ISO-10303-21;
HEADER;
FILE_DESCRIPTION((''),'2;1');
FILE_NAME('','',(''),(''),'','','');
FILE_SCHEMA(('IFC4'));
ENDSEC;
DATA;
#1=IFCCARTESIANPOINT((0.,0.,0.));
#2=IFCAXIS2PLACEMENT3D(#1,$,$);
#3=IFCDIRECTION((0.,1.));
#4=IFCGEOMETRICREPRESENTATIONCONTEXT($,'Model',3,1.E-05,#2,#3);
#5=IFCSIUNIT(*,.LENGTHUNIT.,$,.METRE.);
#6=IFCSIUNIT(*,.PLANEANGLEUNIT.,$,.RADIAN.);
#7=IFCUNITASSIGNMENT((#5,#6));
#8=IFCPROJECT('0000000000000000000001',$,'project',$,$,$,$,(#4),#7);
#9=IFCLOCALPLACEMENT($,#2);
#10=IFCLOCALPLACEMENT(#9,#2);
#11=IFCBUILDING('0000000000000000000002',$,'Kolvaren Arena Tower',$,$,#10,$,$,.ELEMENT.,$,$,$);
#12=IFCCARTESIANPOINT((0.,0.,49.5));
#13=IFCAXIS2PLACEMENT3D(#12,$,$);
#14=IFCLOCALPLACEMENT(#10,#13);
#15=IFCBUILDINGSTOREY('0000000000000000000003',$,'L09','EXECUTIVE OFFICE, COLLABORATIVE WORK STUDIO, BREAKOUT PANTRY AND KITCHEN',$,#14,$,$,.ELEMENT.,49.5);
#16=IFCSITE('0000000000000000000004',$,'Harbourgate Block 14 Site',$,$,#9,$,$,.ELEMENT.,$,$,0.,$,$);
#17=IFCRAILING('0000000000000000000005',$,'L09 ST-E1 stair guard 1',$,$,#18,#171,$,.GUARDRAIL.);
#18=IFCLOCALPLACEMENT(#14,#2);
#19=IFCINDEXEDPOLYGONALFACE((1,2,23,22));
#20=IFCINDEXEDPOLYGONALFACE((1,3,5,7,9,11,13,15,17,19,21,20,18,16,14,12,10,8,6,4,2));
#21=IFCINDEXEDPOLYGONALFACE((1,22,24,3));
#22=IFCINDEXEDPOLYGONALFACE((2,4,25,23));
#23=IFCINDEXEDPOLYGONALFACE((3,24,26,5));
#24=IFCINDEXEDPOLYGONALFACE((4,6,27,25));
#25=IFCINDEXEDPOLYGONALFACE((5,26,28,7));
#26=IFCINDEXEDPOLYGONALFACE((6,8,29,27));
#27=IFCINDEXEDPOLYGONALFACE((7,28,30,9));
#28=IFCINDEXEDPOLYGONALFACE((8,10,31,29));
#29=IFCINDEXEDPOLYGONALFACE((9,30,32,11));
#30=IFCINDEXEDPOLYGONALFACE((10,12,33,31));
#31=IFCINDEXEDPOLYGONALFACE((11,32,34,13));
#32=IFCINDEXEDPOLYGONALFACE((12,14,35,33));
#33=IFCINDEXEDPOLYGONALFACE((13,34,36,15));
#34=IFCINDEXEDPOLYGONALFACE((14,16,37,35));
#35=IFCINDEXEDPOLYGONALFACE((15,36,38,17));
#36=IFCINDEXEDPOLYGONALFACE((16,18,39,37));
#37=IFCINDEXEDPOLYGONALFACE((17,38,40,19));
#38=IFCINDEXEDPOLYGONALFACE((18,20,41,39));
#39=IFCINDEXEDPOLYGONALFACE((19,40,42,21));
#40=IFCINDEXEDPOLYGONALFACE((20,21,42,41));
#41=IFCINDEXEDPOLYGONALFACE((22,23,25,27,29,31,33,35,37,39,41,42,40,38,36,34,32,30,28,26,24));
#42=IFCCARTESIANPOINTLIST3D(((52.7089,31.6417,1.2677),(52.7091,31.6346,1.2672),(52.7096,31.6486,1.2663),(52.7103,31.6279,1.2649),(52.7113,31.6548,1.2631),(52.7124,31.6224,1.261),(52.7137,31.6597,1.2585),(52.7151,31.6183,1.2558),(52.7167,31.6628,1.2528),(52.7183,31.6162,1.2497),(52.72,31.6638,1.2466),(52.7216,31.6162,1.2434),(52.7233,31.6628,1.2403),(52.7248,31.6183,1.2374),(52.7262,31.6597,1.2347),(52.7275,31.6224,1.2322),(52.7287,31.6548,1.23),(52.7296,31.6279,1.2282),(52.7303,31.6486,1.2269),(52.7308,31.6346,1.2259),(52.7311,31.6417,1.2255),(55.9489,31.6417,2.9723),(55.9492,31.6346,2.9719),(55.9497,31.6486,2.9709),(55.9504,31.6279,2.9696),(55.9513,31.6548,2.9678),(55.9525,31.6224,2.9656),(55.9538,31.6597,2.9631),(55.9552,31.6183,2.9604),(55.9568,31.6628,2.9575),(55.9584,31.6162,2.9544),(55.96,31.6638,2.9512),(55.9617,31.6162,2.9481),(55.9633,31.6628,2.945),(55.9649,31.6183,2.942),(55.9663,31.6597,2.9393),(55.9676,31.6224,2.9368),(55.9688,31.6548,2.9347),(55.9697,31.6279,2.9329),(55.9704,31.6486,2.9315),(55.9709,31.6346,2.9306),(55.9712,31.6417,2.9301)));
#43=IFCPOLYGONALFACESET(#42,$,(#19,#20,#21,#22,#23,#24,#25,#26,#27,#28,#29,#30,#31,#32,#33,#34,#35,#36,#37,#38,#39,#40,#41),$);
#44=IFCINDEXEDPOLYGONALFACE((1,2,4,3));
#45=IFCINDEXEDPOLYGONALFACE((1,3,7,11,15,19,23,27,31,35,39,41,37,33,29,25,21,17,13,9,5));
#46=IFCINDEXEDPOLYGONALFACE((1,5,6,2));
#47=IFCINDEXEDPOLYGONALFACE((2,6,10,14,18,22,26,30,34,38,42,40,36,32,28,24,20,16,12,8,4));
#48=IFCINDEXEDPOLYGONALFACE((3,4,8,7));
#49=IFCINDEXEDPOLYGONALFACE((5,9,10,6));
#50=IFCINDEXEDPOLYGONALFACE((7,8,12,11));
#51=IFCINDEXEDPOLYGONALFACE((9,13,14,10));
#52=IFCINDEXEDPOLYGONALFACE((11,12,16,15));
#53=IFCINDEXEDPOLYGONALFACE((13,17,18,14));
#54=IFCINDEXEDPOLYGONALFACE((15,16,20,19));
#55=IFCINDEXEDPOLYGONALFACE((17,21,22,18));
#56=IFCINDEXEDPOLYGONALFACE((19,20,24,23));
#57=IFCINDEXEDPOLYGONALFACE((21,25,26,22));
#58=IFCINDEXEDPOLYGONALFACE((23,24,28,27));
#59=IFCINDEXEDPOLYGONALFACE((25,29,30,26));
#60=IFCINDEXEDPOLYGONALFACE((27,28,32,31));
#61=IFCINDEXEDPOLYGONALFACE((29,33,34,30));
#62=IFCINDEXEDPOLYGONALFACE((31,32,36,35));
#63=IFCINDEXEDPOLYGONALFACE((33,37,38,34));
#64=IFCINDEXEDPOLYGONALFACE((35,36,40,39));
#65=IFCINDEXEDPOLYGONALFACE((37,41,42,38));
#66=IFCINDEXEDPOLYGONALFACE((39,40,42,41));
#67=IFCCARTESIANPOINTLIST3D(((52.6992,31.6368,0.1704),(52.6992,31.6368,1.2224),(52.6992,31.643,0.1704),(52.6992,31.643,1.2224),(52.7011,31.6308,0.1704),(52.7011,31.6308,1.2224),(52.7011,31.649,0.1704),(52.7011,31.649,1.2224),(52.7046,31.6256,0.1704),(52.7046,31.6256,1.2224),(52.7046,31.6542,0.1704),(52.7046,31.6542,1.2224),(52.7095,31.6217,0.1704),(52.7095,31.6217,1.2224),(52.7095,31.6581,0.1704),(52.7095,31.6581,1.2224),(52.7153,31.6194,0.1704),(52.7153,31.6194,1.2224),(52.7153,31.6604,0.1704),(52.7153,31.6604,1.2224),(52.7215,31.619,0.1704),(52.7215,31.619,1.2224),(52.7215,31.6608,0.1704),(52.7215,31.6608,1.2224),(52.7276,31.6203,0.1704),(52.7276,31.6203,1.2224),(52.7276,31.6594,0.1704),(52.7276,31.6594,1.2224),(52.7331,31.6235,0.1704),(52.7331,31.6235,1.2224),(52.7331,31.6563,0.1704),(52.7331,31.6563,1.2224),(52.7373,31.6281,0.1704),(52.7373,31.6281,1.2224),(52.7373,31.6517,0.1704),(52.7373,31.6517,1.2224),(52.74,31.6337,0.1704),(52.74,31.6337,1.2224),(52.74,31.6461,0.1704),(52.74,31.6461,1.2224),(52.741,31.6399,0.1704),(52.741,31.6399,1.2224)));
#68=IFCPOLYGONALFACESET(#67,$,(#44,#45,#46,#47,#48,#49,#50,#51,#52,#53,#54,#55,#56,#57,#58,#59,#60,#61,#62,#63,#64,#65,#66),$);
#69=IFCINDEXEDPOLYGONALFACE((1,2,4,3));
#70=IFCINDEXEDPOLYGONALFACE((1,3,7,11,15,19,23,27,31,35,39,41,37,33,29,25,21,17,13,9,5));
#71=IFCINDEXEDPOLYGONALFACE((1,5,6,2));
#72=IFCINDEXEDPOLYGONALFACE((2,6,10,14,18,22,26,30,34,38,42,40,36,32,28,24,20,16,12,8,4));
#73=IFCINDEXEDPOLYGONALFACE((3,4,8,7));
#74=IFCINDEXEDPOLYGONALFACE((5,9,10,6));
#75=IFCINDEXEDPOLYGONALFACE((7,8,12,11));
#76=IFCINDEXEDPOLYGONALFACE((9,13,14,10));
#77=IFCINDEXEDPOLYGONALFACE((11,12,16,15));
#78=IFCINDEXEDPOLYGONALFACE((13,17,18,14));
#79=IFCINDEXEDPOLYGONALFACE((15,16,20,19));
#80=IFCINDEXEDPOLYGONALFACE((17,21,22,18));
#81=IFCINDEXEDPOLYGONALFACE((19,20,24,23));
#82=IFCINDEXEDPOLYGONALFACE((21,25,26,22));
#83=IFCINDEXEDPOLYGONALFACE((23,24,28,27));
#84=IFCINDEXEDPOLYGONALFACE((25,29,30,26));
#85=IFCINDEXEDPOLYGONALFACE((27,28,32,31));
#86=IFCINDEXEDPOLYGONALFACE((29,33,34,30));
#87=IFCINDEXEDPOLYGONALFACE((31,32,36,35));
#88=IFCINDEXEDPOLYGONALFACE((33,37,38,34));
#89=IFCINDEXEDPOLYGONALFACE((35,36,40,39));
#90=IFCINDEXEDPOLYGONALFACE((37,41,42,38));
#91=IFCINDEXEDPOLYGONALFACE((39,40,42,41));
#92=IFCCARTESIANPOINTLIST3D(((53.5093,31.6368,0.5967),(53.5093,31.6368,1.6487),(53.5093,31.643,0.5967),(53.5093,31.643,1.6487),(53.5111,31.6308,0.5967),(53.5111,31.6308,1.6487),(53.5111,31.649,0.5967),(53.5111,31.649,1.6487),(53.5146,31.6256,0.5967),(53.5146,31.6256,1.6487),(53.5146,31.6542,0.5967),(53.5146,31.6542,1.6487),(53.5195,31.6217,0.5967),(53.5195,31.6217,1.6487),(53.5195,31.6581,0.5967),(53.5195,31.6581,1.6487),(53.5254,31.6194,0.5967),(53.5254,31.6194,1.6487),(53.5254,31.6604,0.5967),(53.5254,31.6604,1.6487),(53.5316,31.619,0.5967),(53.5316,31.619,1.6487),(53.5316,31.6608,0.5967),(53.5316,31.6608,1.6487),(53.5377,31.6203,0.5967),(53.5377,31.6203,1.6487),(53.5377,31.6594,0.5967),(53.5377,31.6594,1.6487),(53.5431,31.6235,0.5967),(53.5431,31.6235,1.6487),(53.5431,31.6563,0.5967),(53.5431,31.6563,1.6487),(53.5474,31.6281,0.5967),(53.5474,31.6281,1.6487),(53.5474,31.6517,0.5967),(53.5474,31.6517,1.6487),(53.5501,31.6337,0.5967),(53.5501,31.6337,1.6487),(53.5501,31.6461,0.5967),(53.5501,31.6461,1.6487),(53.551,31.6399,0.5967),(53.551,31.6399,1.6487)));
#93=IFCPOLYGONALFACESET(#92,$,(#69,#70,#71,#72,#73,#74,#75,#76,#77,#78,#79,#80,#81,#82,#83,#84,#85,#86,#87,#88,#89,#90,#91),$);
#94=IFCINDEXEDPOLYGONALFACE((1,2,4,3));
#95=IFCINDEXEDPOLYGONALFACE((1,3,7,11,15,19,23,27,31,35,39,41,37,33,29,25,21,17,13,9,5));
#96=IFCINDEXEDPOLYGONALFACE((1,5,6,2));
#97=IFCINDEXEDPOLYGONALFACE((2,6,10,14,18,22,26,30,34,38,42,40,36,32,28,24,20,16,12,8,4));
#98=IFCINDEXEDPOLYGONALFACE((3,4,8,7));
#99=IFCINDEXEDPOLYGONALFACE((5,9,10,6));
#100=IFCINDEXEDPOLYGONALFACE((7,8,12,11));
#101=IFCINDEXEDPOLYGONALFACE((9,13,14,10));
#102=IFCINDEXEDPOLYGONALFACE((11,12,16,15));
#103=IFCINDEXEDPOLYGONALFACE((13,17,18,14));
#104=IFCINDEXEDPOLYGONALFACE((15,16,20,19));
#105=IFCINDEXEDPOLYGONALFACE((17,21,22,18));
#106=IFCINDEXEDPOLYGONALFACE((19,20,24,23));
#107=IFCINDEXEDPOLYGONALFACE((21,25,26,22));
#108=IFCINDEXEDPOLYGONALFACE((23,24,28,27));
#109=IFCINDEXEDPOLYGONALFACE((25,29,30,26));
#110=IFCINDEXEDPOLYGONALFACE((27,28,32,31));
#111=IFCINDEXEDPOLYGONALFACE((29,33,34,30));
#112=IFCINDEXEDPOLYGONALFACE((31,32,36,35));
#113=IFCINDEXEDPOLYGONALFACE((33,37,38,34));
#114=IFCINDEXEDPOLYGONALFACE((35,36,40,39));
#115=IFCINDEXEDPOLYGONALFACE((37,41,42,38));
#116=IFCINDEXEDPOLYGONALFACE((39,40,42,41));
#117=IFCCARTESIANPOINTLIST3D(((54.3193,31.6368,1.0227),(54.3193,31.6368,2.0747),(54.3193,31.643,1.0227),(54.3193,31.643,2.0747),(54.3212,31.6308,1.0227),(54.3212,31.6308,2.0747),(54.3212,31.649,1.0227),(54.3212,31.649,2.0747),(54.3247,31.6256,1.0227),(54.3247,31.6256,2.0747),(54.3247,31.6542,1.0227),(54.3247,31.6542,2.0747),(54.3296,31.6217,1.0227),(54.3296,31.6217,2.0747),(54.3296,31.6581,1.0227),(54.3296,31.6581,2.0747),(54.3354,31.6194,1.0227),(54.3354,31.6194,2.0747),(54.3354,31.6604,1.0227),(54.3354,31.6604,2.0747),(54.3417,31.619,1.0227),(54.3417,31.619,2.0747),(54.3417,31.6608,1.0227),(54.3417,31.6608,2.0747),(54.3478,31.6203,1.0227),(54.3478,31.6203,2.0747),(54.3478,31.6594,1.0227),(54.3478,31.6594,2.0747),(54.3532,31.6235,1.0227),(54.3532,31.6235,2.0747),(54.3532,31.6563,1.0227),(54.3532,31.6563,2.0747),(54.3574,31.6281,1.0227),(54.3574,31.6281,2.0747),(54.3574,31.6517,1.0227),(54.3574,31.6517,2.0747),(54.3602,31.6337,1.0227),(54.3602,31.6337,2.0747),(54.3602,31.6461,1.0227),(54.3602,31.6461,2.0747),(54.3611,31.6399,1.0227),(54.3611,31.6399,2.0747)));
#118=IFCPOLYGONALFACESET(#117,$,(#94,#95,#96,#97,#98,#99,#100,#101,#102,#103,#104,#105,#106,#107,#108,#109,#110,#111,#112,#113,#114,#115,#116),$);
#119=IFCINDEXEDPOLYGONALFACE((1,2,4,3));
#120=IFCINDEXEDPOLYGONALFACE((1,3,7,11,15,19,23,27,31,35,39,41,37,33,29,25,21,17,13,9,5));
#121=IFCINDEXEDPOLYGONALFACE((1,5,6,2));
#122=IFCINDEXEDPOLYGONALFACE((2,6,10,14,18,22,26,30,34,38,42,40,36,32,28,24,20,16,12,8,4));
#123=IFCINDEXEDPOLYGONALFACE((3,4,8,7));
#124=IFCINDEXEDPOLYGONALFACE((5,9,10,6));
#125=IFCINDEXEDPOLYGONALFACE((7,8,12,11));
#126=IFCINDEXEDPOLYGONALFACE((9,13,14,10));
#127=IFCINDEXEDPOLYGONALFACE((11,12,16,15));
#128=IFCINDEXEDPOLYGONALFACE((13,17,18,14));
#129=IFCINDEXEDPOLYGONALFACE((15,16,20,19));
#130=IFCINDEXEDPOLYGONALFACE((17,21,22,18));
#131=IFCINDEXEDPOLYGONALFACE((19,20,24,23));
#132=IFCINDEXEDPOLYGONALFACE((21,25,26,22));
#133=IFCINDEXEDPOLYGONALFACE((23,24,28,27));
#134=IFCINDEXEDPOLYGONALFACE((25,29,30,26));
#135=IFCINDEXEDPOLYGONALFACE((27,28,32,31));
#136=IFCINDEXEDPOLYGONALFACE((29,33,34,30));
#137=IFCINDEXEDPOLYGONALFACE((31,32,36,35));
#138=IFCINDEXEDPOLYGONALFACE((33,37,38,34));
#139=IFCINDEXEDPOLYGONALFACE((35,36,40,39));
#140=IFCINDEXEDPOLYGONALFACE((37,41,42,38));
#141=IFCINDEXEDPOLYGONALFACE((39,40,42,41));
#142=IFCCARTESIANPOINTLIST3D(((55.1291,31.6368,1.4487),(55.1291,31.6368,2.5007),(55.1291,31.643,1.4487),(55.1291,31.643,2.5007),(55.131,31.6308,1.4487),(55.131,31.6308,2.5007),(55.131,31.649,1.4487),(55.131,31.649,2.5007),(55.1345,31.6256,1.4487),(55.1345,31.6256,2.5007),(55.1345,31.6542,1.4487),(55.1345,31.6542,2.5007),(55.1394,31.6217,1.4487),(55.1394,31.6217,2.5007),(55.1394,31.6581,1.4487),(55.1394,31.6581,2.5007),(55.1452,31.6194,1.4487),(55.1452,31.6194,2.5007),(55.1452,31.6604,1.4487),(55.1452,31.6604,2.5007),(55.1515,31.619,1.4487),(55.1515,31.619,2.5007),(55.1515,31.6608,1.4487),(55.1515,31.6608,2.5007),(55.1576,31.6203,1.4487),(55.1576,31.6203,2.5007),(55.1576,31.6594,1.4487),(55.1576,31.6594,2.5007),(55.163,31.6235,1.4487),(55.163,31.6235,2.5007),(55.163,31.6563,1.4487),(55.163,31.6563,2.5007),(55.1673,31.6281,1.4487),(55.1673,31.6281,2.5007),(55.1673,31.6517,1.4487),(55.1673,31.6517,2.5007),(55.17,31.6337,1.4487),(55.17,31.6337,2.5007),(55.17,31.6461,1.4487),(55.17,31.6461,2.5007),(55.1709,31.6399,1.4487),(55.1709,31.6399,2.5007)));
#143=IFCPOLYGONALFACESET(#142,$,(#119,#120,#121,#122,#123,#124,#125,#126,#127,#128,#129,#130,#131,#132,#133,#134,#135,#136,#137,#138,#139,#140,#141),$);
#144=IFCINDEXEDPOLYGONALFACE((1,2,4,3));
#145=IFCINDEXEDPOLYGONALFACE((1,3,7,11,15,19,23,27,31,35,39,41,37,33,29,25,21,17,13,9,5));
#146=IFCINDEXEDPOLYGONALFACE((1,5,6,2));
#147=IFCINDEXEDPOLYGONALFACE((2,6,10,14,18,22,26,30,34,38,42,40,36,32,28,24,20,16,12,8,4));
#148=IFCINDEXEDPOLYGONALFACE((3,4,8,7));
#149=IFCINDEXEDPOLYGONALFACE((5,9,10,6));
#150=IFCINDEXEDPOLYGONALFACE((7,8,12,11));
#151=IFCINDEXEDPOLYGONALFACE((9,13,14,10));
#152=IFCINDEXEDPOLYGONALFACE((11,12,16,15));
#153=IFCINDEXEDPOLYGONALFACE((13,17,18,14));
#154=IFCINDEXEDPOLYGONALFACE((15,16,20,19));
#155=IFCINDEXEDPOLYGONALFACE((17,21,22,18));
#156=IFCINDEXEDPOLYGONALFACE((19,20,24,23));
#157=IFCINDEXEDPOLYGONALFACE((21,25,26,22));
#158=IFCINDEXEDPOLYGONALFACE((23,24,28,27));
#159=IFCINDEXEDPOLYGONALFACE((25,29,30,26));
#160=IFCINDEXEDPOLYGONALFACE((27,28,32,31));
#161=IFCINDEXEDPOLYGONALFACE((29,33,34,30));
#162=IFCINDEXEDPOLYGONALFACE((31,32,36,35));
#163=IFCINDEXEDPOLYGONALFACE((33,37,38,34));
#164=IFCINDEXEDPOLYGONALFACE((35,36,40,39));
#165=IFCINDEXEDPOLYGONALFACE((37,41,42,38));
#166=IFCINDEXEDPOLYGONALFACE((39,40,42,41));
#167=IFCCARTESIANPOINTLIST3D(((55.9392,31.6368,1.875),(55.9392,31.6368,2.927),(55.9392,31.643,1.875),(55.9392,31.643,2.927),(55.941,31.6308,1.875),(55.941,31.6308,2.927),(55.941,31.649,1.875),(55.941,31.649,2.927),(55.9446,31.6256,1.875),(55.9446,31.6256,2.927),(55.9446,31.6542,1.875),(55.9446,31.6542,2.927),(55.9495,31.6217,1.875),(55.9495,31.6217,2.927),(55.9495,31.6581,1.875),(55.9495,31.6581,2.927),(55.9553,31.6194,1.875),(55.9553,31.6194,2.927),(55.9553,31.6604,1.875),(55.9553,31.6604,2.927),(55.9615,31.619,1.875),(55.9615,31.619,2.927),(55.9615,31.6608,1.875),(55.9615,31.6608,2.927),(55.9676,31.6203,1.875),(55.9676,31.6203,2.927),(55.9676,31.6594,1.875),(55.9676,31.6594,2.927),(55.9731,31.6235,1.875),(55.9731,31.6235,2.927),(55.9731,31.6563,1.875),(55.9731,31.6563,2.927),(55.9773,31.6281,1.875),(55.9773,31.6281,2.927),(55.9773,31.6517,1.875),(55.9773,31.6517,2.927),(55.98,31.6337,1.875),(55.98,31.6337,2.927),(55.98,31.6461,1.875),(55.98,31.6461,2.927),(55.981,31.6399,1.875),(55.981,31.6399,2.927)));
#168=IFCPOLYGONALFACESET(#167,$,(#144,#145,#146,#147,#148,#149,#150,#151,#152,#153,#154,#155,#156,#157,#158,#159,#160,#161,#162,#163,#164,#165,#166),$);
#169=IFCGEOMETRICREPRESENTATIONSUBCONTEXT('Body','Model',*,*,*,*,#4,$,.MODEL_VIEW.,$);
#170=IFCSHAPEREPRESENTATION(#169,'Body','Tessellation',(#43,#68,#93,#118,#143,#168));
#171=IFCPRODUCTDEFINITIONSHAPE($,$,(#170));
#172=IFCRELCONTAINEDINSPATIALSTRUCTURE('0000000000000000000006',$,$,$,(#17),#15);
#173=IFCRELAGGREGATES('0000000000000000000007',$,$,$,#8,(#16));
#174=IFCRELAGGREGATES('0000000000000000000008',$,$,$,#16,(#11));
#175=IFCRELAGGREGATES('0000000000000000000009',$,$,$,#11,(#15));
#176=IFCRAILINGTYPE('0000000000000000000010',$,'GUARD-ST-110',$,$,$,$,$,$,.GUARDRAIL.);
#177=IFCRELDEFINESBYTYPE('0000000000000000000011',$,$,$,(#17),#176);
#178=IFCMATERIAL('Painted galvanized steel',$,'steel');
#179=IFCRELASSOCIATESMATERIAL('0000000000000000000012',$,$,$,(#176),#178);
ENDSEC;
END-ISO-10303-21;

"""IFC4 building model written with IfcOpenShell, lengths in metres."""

from ifc_helpers import new_model, si_unit, direction, frame, origin, origin_2d, place, context, subcontext, project, spatial, circle, extrude, material, type_object, element, save


model = new_model("IFC4")

# Units and contexts
model_context = context("Model", 3, precision=1e-05, world=origin(), true_north=direction((0.0, 1.0)))
body_context = subcontext(model_context, "Body", "Model", "MODEL_VIEW")
ifc_project = project(units=[si_unit("LENGTHUNIT", "METRE"), si_unit("PLANEANGLEUNIT", "RADIAN")], contexts=[model_context])

# Site, building, storey
site_placement = place(None, origin())
site = spatial("IfcSite", under=ifc_project, at=site_placement, Name="Harbourgate Block 14 Site", CompositionType="ELEMENT", RefElevation=0.0)
building_placement = place(site_placement, origin())
building = spatial("IfcBuilding", under=site, at=building_placement, Name="Kolvaren Arena Tower", CompositionType="ELEMENT")
storey_placement = place(building_placement, frame((0.0, 0.0, 49.5)))
storey = spatial("IfcBuildingStorey", under=building, at=storey_placement, Name="L09", Description="EXECUTIVE OFFICE, COLLABORATIVE WORK STUDIO, BREAKOUT PANTRY AND KITCHEN", CompositionType="ELEMENT", Elevation=49.5)

# Railing
ifc_material_1 = material(Name="Painted galvanized steel", Category="steel")
railing_type_1 = type_object("IfcRailingType", Name="GUARD-ST-110", PredefinedType="GUARDRAIL", material=ifc_material_1)
railing_1_placement = place(storey_placement, frame((52.72, 31.6399, 0.1704)))
element("IfcRailing", 1, at=railing_1_placement, inside=storey, type_object=railing_type_1, Name="L09 ST-E1 stair guard 1", PredefinedType="GUARDRAIL", context=body_context, shape_type="SweptSolid", body=[
    extrude(circle(Radius=0.0239, at=origin_2d()), frame((0.0, 0.0, 1.0762), z_axis=(0.884993, 0.0, 0.465604), x_axis=(0.0, 1.0, 0.0)), (0.0, 0.0, 1.0), 3.6611),
    extrude(circle(Radius=0.021, at=origin_2d()), origin(), (0.0, 0.0, 1.0), 1.052),
    extrude(circle(Radius=0.021, at=origin_2d()), frame((0.8101, 0.0, 0.4263)), (0.0, 0.0, 1.0), 1.052),
    extrude(circle(Radius=0.021, at=origin_2d()), frame((1.6201, 0.0, 0.8523)), (0.0, 0.0, 1.0), 1.052),
    extrude(circle(Radius=0.021, at=origin_2d()), frame((2.4299, 0.0, 1.2783)), (0.0, 0.0, 1.0), 1.052),
    extrude(circle(Radius=0.021, at=origin_2d()), frame((3.24, 0.0, 1.7046)), (0.0, 0.0, 1.0), 1.052),
])

save(model, "model.ifc")
